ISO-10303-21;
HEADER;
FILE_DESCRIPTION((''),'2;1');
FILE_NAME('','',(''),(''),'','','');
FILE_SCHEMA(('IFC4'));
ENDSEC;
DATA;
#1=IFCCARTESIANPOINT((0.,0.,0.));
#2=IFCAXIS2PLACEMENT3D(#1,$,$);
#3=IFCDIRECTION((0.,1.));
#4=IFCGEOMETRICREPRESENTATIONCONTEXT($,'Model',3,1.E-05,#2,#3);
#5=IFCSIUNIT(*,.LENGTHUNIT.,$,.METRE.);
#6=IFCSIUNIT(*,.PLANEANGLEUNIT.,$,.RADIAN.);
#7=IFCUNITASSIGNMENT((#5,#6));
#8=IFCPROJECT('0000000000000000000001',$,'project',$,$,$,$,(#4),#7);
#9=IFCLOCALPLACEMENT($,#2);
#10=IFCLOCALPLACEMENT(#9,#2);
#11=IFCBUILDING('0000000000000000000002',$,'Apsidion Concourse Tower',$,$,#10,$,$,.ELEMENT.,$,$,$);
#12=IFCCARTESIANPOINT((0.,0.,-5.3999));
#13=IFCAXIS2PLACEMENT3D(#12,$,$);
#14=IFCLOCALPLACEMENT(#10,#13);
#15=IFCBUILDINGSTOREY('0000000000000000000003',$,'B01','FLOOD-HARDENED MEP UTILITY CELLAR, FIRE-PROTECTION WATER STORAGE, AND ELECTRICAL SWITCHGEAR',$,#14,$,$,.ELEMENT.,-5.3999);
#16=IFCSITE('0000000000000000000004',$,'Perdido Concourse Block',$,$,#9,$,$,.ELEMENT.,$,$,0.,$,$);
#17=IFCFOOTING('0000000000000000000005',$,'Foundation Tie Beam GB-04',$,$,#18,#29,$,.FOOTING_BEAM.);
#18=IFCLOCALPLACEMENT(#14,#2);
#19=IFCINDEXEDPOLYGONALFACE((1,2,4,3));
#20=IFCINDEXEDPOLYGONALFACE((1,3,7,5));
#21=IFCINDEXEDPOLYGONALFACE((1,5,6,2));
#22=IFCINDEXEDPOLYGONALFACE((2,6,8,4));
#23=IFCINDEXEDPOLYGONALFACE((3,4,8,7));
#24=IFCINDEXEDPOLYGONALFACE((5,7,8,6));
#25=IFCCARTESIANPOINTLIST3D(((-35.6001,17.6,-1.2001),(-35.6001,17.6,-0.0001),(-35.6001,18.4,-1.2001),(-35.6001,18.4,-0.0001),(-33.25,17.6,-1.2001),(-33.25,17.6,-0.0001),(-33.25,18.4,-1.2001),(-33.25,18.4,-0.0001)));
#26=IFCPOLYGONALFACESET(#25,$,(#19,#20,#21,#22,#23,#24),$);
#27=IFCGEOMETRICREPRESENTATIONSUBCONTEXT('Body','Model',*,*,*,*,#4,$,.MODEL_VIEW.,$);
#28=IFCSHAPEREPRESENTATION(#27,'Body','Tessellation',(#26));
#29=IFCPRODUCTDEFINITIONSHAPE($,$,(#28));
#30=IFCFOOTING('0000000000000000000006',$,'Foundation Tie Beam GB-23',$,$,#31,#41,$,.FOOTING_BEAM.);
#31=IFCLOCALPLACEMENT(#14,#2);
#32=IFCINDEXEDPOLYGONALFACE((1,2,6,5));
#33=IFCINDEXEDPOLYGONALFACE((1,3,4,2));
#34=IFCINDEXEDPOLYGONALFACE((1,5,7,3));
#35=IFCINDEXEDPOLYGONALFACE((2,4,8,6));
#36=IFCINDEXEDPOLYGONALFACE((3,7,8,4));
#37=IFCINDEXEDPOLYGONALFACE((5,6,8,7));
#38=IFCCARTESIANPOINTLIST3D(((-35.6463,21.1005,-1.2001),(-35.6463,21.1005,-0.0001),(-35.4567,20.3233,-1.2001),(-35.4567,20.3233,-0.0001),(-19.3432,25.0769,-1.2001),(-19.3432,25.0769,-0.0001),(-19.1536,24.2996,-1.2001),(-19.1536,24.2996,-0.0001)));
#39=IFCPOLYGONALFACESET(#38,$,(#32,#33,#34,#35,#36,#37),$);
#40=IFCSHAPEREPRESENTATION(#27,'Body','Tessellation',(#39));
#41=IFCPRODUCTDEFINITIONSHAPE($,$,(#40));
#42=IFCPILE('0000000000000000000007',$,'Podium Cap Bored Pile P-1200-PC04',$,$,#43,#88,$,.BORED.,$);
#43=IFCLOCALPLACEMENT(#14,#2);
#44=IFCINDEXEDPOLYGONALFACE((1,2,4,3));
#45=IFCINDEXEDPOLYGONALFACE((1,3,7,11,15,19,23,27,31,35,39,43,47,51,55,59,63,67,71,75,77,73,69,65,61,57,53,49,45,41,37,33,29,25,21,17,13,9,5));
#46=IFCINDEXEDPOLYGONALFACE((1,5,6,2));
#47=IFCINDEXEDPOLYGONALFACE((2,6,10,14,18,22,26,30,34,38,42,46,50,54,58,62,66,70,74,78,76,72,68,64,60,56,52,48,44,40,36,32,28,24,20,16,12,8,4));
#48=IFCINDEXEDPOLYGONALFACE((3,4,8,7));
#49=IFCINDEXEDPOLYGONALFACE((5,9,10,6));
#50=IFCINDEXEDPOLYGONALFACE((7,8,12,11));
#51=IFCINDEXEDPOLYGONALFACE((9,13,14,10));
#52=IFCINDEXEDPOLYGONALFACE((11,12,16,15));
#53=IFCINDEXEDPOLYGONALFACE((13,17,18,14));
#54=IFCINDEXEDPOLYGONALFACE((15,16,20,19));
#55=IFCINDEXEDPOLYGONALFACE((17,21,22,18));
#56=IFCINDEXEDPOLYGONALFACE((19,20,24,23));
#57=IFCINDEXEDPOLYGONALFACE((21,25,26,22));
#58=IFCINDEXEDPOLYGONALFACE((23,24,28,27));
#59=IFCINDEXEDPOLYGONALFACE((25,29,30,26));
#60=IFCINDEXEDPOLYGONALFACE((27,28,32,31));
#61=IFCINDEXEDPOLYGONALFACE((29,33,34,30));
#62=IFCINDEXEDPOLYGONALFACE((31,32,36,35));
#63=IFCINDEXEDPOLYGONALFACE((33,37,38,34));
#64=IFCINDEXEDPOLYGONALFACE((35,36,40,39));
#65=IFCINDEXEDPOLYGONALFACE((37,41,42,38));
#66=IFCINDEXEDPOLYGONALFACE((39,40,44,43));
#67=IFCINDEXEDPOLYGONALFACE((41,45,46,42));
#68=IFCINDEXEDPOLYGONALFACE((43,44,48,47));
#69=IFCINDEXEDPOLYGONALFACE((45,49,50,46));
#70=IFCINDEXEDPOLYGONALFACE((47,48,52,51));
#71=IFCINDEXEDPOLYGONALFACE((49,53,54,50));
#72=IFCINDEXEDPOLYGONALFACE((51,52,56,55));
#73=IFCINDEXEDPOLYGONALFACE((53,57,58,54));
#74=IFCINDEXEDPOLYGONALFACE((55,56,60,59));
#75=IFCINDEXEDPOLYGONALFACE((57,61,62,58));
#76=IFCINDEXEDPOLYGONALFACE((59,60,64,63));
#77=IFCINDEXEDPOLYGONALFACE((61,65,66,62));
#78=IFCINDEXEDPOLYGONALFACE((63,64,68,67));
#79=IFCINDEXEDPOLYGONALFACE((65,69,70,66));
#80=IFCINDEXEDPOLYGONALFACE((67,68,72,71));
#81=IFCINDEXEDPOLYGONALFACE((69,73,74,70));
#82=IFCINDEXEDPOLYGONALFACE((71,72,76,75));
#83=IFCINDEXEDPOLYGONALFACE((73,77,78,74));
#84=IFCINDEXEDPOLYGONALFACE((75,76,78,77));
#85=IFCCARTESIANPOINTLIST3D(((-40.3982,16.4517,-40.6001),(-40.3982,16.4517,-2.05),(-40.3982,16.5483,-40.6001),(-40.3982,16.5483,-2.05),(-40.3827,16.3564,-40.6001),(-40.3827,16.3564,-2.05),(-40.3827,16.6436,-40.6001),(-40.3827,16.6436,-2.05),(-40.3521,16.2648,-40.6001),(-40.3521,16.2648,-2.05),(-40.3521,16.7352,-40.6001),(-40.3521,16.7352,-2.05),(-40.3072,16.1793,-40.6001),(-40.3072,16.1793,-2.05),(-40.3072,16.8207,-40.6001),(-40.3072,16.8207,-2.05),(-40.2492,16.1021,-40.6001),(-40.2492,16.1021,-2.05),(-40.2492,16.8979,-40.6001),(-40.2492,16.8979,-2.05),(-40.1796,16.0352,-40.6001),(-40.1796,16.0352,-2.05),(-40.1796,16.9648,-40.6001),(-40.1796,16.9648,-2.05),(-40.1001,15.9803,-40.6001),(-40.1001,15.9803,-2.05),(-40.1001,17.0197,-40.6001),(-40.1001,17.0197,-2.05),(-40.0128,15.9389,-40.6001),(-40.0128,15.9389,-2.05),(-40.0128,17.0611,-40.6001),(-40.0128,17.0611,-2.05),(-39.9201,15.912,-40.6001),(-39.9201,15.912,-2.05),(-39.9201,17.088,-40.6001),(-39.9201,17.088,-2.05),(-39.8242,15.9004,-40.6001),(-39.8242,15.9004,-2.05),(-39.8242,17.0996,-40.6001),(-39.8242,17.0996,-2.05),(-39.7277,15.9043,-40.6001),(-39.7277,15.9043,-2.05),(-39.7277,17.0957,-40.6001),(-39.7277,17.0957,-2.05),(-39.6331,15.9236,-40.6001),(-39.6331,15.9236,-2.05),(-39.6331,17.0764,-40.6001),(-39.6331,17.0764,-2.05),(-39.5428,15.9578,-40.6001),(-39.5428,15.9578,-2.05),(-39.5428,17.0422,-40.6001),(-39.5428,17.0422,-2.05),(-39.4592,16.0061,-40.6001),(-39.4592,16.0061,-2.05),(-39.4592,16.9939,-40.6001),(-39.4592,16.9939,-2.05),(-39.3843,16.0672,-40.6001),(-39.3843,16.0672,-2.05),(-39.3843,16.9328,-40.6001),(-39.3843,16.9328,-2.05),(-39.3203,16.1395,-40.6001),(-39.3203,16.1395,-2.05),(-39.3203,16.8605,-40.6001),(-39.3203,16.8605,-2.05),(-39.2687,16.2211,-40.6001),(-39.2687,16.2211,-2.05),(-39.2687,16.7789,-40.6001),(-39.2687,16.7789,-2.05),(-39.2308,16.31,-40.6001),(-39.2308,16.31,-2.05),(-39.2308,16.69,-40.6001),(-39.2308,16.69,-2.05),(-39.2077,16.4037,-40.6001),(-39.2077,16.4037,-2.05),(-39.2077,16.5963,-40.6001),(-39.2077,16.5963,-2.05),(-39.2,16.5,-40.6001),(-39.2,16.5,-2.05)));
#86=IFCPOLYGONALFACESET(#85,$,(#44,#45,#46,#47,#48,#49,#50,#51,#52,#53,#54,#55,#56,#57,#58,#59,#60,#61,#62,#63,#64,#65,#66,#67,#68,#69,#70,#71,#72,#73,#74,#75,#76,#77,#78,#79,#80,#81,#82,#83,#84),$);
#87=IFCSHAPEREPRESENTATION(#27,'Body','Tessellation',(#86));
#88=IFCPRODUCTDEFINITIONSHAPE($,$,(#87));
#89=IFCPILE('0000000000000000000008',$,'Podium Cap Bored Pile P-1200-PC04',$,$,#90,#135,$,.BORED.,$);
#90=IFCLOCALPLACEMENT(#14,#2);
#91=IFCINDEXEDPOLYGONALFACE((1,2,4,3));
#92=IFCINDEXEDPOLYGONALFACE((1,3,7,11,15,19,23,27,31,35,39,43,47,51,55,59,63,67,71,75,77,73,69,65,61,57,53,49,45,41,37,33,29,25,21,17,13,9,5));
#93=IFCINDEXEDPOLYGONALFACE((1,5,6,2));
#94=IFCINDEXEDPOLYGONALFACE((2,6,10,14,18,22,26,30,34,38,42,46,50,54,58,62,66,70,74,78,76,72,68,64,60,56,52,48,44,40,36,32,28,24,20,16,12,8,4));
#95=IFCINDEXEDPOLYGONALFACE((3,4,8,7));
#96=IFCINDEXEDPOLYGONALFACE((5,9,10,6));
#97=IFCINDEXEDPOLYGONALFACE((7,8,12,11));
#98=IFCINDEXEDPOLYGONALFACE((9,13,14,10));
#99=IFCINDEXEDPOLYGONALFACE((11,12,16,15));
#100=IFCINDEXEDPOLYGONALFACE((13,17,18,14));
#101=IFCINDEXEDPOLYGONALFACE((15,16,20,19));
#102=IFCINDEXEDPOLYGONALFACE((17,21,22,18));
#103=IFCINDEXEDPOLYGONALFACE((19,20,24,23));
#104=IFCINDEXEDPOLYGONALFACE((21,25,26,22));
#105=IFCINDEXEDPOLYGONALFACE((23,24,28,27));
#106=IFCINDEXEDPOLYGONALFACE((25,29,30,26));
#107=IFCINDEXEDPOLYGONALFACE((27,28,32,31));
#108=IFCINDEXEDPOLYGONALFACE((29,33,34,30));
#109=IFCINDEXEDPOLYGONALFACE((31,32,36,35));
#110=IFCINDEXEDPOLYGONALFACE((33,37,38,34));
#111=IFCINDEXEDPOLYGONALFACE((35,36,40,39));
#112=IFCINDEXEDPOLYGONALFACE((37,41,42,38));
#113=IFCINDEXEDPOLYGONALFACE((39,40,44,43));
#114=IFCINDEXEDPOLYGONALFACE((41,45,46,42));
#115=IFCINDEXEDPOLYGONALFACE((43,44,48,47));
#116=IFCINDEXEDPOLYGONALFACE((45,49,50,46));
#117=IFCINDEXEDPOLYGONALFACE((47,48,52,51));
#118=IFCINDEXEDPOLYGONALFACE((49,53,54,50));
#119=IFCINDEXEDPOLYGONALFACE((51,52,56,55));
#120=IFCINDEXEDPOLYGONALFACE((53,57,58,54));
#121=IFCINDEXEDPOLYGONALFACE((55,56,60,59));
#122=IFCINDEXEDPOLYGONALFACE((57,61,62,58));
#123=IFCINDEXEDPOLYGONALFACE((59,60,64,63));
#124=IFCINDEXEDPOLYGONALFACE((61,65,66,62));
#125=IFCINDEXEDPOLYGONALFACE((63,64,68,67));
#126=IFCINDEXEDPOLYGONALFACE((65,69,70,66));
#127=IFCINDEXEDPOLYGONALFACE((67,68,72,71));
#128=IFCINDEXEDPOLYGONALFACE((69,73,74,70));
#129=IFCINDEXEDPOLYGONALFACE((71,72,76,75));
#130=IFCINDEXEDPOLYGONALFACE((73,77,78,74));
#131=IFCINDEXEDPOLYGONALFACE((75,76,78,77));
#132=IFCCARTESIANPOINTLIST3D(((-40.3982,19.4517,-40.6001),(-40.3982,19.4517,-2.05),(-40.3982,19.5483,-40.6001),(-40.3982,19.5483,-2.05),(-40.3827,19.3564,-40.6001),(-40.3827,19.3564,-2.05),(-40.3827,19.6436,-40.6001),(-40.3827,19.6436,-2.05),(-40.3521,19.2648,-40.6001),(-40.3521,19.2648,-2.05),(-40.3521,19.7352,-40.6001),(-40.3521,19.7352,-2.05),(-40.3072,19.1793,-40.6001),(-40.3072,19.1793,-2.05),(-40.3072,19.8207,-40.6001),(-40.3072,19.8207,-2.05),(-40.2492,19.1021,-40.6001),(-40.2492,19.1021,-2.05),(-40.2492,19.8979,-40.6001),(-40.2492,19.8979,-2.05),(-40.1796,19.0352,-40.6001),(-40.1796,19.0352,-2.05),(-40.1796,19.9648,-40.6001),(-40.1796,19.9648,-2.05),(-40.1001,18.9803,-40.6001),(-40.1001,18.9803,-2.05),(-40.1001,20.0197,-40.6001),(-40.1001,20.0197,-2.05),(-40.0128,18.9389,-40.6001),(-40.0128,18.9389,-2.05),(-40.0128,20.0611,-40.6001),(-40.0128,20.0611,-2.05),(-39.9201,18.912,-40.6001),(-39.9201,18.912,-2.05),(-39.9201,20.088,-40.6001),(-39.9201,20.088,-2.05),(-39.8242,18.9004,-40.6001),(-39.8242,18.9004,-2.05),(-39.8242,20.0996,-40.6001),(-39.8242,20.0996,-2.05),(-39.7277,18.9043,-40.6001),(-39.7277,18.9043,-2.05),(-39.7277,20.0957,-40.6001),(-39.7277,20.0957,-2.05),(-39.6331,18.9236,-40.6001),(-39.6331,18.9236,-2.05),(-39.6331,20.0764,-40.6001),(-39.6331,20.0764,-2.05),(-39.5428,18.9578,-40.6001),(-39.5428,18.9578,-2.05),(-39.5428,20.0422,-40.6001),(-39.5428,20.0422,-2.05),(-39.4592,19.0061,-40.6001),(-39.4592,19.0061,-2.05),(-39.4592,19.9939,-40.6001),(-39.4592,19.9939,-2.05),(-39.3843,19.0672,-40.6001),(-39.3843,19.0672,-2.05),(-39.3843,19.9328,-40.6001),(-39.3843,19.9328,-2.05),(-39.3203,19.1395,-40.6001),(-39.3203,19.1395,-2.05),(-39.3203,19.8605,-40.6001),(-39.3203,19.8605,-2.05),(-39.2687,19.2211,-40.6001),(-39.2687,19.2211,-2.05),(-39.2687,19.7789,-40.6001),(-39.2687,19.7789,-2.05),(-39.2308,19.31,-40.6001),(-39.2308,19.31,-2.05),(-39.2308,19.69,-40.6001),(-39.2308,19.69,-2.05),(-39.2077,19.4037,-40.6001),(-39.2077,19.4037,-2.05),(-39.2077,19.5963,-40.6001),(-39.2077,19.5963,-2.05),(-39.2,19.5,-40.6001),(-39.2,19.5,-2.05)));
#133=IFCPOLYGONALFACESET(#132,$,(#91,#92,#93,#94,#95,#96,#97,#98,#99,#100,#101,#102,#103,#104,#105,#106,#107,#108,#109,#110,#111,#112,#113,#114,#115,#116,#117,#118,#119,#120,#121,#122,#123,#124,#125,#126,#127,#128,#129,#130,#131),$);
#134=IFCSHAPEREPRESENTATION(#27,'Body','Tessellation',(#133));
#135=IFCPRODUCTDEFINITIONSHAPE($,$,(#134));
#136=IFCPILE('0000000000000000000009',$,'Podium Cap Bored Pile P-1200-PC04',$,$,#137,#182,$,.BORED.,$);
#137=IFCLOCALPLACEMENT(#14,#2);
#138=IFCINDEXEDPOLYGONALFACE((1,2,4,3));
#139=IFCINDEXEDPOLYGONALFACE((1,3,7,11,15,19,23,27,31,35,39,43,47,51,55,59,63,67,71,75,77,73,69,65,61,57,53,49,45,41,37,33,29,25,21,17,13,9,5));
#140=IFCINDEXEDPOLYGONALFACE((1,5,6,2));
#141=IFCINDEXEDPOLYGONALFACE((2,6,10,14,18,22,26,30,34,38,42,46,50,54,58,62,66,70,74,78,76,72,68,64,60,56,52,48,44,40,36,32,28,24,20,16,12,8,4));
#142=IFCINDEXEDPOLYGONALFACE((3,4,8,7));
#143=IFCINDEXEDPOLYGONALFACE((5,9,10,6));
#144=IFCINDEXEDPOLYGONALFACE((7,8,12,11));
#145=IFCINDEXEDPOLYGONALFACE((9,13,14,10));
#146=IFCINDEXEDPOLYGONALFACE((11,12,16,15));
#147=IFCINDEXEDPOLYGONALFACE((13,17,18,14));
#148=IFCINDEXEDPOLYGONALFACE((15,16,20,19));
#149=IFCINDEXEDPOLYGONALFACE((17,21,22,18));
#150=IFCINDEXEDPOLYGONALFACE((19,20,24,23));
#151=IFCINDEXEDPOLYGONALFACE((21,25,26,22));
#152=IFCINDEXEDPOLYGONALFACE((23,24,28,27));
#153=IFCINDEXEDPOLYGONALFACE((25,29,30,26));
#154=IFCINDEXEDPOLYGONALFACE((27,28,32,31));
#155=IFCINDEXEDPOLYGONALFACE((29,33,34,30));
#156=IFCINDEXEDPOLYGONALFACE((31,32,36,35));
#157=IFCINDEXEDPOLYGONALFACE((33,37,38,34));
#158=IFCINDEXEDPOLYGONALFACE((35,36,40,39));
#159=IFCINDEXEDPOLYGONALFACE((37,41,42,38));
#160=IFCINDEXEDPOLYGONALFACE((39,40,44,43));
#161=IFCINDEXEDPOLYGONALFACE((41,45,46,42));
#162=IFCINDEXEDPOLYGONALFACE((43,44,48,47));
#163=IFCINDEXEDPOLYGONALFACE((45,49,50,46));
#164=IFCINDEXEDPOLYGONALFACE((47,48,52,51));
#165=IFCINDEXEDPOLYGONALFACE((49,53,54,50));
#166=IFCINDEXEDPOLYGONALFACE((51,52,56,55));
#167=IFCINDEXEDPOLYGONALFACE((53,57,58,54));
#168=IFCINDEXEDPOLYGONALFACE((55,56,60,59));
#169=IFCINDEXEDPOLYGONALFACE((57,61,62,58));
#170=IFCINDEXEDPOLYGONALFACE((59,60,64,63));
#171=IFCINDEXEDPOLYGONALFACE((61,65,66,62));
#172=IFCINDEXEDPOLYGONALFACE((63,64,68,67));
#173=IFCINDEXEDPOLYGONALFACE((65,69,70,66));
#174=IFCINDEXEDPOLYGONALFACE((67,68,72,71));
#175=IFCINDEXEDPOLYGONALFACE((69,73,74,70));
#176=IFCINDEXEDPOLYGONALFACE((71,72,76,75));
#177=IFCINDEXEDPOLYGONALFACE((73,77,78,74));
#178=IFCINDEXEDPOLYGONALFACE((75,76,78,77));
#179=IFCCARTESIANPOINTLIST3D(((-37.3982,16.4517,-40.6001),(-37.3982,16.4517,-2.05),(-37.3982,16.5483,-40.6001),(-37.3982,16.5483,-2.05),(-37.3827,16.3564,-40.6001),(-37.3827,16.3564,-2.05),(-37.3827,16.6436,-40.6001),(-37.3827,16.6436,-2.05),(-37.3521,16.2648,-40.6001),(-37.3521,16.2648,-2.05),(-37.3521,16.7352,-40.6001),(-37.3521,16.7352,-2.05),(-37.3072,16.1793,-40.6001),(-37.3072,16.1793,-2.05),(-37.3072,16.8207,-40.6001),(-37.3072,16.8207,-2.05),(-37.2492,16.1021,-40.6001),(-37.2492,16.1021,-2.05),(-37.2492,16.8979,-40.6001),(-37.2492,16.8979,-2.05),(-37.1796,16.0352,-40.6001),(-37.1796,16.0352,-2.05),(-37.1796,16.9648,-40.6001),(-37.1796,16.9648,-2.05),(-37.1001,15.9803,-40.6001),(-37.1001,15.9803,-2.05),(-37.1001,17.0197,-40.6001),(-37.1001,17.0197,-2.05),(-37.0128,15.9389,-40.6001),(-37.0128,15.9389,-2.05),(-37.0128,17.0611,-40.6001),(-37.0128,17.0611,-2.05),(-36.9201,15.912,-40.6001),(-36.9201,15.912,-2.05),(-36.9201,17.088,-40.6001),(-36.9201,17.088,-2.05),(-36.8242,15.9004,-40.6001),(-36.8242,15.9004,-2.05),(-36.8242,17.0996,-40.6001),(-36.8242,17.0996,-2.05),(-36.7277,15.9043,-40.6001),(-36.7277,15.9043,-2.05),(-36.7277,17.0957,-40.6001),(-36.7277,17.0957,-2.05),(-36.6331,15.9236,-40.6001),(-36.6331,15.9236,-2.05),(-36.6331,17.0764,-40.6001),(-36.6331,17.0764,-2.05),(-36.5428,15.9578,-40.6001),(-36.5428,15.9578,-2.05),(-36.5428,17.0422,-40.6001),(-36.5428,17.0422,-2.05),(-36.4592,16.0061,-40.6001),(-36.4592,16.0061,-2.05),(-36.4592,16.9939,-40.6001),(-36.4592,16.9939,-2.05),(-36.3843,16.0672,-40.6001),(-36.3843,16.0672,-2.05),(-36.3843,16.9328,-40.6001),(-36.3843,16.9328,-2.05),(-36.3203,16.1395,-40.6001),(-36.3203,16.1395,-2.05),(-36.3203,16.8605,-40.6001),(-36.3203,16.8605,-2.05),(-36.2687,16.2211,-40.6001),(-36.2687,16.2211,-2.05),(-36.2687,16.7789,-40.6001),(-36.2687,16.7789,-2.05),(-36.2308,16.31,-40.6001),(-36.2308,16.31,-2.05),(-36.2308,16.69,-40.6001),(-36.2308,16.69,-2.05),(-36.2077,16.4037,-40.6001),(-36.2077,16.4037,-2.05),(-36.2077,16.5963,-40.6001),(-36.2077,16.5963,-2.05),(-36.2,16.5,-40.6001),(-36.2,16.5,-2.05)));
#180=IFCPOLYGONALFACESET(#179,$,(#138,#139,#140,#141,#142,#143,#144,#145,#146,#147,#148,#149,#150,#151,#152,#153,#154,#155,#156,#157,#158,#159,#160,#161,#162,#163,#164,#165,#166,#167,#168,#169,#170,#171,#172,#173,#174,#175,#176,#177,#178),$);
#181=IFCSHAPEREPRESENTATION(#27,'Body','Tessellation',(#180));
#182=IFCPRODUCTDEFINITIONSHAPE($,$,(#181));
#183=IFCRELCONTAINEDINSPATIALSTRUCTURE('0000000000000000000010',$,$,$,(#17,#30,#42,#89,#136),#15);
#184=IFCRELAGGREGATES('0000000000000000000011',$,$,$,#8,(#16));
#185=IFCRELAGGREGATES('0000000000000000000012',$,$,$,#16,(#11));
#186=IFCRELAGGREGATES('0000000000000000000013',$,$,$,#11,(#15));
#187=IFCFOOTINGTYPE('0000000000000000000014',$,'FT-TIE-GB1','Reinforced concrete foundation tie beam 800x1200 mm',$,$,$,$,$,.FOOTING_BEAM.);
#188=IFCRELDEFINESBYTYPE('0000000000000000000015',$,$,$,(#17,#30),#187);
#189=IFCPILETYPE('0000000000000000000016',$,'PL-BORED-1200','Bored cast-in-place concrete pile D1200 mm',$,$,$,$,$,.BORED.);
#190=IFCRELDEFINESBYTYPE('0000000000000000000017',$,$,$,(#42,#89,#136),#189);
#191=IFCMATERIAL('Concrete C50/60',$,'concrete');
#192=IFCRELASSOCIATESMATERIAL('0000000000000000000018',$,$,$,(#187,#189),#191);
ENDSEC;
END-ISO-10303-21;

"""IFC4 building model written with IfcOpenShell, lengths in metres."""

from ifc_helpers import new_model, si_unit, direction, frame, origin, origin_2d, place, context, subcontext, project, spatial, rectangle, circle, extrude, material, material_profile, profile_set, type_object, element, save


model = new_model("IFC4")

# Units and contexts
model_context = context("Model", 3, precision=1e-05, world=origin(), true_north=direction((0.0, 1.0)))
body_context = subcontext(model_context, "Body", "Model", "MODEL_VIEW")
ifc_project = project(units=[si_unit("LENGTHUNIT", "METRE"), si_unit("PLANEANGLEUNIT", "RADIAN")], contexts=[model_context])

# Site, building, storey
site_placement = place(None, origin())
site = spatial("IfcSite", under=ifc_project, at=site_placement, Name="Perdido Concourse Block", CompositionType="ELEMENT", RefElevation=0.0)
building_placement = place(site_placement, origin())
building = spatial("IfcBuilding", under=site, at=building_placement, Name="Apsidion Concourse Tower", CompositionType="ELEMENT")
storey_placement = place(building_placement, frame((0.0, 0.0, -5.3999)))
storey = spatial("IfcBuildingStorey", under=building, at=storey_placement, Name="B01", Description="FLOOD-HARDENED MEP UTILITY CELLAR, FIRE-PROTECTION WATER STORAGE, AND ELECTRICAL SWITCHGEAR", CompositionType="ELEMENT", Elevation=-5.3999)

# Footings
ifc_material_1 = material(Name="Concrete C50/60", Category="concrete")
ifc_material_profile_1 = material_profile(ifc_material_1, rectangle(XDim=0.8, YDim=1.2, at=origin_2d()), Name="RC 800x1200")
ifc_profile_set_1 = profile_set([ifc_material_profile_1], Name="Concrete C50/60")
footing_type = type_object("IfcFootingType", Name="FT-TIE-GB1", Description="Reinforced concrete foundation tie beam 800x1200 mm", PredefinedType="FOOTING_BEAM", material=ifc_profile_set_1)
footing_1_placement = place(storey_placement, frame((-35.6001, 18.0, -0.6001), z_axis=(1.0, 0.0, 0.0), x_axis=(0.0, 1.0, 0.0)))
element("IfcFooting", 1, at=footing_1_placement, inside=storey, type_object=footing_type, Name="Foundation Tie Beam GB-04", PredefinedType="FOOTING_BEAM", context=body_context, shape_type="SweptSolid", body=[
    extrude(rectangle(XDim=0.8, YDim=1.2, at=origin_2d()), origin(), (0.0, 0.0, 1.0), 2.3501),
])
footing_2_placement = place(storey_placement, frame((-35.5515, 20.7119, -0.6001), z_axis=(0.971521, 0.236955, 0.0), x_axis=(-0.236955, 0.971521, 0.0)))
element("IfcFooting", 2, at=footing_2_placement, inside=storey, type_object=footing_type, Name="Foundation Tie Beam GB-23", PredefinedType="FOOTING_BEAM", context=body_context, shape_type="SweptSolid", body=[
    extrude(rectangle(XDim=0.8, YDim=1.2, at=origin_2d()), origin(), (0.0, 0.0, 1.0), 16.781),
])

# Piles
ifc_material_profile_2 = material_profile(ifc_material_1, circle(Radius=0.6001, at=origin_2d()), Name="BORED PILE D1200")
ifc_profile_set_2 = profile_set([ifc_material_profile_2], Name="Concrete C50/60")
pile_type_1 = type_object("IfcPileType", Name="PL-BORED-1200", Description="Bored cast-in-place concrete pile D1200 mm", PredefinedType="BORED", material=ifc_profile_set_2)
for number, where, z_axis, x_axis, name in (
    (3, (-39.8, 16.5, -2.05), (0.0, 0.0, -1.0), (1.0, 0.0, 0.0), "Podium Cap Bored Pile P-1200-PC04"),
    (4, (-39.8, 19.5, -2.05), (0.0, 0.0, -1.0), (1.0, 0.0, 0.0), "Podium Cap Bored Pile P-1200-PC04"),
    (5, (-36.8, 16.5, -2.05), (0.0, 0.0, -1.0), (1.0, 0.0, 0.0), "Podium Cap Bored Pile P-1200-PC04"),
):
    element("IfcPile", number, at=place(storey_placement, frame(where, z_axis=z_axis, x_axis=x_axis)), inside=storey, type_object=pile_type_1, Name=name, PredefinedType="BORED", context=body_context, shape_type="SweptSolid", body=[
        extrude(circle(Radius=0.6001, at=origin_2d()), origin(), (0.0, 0.0, 1.0), 38.55),
    ])

save(model, "model.ifc")
